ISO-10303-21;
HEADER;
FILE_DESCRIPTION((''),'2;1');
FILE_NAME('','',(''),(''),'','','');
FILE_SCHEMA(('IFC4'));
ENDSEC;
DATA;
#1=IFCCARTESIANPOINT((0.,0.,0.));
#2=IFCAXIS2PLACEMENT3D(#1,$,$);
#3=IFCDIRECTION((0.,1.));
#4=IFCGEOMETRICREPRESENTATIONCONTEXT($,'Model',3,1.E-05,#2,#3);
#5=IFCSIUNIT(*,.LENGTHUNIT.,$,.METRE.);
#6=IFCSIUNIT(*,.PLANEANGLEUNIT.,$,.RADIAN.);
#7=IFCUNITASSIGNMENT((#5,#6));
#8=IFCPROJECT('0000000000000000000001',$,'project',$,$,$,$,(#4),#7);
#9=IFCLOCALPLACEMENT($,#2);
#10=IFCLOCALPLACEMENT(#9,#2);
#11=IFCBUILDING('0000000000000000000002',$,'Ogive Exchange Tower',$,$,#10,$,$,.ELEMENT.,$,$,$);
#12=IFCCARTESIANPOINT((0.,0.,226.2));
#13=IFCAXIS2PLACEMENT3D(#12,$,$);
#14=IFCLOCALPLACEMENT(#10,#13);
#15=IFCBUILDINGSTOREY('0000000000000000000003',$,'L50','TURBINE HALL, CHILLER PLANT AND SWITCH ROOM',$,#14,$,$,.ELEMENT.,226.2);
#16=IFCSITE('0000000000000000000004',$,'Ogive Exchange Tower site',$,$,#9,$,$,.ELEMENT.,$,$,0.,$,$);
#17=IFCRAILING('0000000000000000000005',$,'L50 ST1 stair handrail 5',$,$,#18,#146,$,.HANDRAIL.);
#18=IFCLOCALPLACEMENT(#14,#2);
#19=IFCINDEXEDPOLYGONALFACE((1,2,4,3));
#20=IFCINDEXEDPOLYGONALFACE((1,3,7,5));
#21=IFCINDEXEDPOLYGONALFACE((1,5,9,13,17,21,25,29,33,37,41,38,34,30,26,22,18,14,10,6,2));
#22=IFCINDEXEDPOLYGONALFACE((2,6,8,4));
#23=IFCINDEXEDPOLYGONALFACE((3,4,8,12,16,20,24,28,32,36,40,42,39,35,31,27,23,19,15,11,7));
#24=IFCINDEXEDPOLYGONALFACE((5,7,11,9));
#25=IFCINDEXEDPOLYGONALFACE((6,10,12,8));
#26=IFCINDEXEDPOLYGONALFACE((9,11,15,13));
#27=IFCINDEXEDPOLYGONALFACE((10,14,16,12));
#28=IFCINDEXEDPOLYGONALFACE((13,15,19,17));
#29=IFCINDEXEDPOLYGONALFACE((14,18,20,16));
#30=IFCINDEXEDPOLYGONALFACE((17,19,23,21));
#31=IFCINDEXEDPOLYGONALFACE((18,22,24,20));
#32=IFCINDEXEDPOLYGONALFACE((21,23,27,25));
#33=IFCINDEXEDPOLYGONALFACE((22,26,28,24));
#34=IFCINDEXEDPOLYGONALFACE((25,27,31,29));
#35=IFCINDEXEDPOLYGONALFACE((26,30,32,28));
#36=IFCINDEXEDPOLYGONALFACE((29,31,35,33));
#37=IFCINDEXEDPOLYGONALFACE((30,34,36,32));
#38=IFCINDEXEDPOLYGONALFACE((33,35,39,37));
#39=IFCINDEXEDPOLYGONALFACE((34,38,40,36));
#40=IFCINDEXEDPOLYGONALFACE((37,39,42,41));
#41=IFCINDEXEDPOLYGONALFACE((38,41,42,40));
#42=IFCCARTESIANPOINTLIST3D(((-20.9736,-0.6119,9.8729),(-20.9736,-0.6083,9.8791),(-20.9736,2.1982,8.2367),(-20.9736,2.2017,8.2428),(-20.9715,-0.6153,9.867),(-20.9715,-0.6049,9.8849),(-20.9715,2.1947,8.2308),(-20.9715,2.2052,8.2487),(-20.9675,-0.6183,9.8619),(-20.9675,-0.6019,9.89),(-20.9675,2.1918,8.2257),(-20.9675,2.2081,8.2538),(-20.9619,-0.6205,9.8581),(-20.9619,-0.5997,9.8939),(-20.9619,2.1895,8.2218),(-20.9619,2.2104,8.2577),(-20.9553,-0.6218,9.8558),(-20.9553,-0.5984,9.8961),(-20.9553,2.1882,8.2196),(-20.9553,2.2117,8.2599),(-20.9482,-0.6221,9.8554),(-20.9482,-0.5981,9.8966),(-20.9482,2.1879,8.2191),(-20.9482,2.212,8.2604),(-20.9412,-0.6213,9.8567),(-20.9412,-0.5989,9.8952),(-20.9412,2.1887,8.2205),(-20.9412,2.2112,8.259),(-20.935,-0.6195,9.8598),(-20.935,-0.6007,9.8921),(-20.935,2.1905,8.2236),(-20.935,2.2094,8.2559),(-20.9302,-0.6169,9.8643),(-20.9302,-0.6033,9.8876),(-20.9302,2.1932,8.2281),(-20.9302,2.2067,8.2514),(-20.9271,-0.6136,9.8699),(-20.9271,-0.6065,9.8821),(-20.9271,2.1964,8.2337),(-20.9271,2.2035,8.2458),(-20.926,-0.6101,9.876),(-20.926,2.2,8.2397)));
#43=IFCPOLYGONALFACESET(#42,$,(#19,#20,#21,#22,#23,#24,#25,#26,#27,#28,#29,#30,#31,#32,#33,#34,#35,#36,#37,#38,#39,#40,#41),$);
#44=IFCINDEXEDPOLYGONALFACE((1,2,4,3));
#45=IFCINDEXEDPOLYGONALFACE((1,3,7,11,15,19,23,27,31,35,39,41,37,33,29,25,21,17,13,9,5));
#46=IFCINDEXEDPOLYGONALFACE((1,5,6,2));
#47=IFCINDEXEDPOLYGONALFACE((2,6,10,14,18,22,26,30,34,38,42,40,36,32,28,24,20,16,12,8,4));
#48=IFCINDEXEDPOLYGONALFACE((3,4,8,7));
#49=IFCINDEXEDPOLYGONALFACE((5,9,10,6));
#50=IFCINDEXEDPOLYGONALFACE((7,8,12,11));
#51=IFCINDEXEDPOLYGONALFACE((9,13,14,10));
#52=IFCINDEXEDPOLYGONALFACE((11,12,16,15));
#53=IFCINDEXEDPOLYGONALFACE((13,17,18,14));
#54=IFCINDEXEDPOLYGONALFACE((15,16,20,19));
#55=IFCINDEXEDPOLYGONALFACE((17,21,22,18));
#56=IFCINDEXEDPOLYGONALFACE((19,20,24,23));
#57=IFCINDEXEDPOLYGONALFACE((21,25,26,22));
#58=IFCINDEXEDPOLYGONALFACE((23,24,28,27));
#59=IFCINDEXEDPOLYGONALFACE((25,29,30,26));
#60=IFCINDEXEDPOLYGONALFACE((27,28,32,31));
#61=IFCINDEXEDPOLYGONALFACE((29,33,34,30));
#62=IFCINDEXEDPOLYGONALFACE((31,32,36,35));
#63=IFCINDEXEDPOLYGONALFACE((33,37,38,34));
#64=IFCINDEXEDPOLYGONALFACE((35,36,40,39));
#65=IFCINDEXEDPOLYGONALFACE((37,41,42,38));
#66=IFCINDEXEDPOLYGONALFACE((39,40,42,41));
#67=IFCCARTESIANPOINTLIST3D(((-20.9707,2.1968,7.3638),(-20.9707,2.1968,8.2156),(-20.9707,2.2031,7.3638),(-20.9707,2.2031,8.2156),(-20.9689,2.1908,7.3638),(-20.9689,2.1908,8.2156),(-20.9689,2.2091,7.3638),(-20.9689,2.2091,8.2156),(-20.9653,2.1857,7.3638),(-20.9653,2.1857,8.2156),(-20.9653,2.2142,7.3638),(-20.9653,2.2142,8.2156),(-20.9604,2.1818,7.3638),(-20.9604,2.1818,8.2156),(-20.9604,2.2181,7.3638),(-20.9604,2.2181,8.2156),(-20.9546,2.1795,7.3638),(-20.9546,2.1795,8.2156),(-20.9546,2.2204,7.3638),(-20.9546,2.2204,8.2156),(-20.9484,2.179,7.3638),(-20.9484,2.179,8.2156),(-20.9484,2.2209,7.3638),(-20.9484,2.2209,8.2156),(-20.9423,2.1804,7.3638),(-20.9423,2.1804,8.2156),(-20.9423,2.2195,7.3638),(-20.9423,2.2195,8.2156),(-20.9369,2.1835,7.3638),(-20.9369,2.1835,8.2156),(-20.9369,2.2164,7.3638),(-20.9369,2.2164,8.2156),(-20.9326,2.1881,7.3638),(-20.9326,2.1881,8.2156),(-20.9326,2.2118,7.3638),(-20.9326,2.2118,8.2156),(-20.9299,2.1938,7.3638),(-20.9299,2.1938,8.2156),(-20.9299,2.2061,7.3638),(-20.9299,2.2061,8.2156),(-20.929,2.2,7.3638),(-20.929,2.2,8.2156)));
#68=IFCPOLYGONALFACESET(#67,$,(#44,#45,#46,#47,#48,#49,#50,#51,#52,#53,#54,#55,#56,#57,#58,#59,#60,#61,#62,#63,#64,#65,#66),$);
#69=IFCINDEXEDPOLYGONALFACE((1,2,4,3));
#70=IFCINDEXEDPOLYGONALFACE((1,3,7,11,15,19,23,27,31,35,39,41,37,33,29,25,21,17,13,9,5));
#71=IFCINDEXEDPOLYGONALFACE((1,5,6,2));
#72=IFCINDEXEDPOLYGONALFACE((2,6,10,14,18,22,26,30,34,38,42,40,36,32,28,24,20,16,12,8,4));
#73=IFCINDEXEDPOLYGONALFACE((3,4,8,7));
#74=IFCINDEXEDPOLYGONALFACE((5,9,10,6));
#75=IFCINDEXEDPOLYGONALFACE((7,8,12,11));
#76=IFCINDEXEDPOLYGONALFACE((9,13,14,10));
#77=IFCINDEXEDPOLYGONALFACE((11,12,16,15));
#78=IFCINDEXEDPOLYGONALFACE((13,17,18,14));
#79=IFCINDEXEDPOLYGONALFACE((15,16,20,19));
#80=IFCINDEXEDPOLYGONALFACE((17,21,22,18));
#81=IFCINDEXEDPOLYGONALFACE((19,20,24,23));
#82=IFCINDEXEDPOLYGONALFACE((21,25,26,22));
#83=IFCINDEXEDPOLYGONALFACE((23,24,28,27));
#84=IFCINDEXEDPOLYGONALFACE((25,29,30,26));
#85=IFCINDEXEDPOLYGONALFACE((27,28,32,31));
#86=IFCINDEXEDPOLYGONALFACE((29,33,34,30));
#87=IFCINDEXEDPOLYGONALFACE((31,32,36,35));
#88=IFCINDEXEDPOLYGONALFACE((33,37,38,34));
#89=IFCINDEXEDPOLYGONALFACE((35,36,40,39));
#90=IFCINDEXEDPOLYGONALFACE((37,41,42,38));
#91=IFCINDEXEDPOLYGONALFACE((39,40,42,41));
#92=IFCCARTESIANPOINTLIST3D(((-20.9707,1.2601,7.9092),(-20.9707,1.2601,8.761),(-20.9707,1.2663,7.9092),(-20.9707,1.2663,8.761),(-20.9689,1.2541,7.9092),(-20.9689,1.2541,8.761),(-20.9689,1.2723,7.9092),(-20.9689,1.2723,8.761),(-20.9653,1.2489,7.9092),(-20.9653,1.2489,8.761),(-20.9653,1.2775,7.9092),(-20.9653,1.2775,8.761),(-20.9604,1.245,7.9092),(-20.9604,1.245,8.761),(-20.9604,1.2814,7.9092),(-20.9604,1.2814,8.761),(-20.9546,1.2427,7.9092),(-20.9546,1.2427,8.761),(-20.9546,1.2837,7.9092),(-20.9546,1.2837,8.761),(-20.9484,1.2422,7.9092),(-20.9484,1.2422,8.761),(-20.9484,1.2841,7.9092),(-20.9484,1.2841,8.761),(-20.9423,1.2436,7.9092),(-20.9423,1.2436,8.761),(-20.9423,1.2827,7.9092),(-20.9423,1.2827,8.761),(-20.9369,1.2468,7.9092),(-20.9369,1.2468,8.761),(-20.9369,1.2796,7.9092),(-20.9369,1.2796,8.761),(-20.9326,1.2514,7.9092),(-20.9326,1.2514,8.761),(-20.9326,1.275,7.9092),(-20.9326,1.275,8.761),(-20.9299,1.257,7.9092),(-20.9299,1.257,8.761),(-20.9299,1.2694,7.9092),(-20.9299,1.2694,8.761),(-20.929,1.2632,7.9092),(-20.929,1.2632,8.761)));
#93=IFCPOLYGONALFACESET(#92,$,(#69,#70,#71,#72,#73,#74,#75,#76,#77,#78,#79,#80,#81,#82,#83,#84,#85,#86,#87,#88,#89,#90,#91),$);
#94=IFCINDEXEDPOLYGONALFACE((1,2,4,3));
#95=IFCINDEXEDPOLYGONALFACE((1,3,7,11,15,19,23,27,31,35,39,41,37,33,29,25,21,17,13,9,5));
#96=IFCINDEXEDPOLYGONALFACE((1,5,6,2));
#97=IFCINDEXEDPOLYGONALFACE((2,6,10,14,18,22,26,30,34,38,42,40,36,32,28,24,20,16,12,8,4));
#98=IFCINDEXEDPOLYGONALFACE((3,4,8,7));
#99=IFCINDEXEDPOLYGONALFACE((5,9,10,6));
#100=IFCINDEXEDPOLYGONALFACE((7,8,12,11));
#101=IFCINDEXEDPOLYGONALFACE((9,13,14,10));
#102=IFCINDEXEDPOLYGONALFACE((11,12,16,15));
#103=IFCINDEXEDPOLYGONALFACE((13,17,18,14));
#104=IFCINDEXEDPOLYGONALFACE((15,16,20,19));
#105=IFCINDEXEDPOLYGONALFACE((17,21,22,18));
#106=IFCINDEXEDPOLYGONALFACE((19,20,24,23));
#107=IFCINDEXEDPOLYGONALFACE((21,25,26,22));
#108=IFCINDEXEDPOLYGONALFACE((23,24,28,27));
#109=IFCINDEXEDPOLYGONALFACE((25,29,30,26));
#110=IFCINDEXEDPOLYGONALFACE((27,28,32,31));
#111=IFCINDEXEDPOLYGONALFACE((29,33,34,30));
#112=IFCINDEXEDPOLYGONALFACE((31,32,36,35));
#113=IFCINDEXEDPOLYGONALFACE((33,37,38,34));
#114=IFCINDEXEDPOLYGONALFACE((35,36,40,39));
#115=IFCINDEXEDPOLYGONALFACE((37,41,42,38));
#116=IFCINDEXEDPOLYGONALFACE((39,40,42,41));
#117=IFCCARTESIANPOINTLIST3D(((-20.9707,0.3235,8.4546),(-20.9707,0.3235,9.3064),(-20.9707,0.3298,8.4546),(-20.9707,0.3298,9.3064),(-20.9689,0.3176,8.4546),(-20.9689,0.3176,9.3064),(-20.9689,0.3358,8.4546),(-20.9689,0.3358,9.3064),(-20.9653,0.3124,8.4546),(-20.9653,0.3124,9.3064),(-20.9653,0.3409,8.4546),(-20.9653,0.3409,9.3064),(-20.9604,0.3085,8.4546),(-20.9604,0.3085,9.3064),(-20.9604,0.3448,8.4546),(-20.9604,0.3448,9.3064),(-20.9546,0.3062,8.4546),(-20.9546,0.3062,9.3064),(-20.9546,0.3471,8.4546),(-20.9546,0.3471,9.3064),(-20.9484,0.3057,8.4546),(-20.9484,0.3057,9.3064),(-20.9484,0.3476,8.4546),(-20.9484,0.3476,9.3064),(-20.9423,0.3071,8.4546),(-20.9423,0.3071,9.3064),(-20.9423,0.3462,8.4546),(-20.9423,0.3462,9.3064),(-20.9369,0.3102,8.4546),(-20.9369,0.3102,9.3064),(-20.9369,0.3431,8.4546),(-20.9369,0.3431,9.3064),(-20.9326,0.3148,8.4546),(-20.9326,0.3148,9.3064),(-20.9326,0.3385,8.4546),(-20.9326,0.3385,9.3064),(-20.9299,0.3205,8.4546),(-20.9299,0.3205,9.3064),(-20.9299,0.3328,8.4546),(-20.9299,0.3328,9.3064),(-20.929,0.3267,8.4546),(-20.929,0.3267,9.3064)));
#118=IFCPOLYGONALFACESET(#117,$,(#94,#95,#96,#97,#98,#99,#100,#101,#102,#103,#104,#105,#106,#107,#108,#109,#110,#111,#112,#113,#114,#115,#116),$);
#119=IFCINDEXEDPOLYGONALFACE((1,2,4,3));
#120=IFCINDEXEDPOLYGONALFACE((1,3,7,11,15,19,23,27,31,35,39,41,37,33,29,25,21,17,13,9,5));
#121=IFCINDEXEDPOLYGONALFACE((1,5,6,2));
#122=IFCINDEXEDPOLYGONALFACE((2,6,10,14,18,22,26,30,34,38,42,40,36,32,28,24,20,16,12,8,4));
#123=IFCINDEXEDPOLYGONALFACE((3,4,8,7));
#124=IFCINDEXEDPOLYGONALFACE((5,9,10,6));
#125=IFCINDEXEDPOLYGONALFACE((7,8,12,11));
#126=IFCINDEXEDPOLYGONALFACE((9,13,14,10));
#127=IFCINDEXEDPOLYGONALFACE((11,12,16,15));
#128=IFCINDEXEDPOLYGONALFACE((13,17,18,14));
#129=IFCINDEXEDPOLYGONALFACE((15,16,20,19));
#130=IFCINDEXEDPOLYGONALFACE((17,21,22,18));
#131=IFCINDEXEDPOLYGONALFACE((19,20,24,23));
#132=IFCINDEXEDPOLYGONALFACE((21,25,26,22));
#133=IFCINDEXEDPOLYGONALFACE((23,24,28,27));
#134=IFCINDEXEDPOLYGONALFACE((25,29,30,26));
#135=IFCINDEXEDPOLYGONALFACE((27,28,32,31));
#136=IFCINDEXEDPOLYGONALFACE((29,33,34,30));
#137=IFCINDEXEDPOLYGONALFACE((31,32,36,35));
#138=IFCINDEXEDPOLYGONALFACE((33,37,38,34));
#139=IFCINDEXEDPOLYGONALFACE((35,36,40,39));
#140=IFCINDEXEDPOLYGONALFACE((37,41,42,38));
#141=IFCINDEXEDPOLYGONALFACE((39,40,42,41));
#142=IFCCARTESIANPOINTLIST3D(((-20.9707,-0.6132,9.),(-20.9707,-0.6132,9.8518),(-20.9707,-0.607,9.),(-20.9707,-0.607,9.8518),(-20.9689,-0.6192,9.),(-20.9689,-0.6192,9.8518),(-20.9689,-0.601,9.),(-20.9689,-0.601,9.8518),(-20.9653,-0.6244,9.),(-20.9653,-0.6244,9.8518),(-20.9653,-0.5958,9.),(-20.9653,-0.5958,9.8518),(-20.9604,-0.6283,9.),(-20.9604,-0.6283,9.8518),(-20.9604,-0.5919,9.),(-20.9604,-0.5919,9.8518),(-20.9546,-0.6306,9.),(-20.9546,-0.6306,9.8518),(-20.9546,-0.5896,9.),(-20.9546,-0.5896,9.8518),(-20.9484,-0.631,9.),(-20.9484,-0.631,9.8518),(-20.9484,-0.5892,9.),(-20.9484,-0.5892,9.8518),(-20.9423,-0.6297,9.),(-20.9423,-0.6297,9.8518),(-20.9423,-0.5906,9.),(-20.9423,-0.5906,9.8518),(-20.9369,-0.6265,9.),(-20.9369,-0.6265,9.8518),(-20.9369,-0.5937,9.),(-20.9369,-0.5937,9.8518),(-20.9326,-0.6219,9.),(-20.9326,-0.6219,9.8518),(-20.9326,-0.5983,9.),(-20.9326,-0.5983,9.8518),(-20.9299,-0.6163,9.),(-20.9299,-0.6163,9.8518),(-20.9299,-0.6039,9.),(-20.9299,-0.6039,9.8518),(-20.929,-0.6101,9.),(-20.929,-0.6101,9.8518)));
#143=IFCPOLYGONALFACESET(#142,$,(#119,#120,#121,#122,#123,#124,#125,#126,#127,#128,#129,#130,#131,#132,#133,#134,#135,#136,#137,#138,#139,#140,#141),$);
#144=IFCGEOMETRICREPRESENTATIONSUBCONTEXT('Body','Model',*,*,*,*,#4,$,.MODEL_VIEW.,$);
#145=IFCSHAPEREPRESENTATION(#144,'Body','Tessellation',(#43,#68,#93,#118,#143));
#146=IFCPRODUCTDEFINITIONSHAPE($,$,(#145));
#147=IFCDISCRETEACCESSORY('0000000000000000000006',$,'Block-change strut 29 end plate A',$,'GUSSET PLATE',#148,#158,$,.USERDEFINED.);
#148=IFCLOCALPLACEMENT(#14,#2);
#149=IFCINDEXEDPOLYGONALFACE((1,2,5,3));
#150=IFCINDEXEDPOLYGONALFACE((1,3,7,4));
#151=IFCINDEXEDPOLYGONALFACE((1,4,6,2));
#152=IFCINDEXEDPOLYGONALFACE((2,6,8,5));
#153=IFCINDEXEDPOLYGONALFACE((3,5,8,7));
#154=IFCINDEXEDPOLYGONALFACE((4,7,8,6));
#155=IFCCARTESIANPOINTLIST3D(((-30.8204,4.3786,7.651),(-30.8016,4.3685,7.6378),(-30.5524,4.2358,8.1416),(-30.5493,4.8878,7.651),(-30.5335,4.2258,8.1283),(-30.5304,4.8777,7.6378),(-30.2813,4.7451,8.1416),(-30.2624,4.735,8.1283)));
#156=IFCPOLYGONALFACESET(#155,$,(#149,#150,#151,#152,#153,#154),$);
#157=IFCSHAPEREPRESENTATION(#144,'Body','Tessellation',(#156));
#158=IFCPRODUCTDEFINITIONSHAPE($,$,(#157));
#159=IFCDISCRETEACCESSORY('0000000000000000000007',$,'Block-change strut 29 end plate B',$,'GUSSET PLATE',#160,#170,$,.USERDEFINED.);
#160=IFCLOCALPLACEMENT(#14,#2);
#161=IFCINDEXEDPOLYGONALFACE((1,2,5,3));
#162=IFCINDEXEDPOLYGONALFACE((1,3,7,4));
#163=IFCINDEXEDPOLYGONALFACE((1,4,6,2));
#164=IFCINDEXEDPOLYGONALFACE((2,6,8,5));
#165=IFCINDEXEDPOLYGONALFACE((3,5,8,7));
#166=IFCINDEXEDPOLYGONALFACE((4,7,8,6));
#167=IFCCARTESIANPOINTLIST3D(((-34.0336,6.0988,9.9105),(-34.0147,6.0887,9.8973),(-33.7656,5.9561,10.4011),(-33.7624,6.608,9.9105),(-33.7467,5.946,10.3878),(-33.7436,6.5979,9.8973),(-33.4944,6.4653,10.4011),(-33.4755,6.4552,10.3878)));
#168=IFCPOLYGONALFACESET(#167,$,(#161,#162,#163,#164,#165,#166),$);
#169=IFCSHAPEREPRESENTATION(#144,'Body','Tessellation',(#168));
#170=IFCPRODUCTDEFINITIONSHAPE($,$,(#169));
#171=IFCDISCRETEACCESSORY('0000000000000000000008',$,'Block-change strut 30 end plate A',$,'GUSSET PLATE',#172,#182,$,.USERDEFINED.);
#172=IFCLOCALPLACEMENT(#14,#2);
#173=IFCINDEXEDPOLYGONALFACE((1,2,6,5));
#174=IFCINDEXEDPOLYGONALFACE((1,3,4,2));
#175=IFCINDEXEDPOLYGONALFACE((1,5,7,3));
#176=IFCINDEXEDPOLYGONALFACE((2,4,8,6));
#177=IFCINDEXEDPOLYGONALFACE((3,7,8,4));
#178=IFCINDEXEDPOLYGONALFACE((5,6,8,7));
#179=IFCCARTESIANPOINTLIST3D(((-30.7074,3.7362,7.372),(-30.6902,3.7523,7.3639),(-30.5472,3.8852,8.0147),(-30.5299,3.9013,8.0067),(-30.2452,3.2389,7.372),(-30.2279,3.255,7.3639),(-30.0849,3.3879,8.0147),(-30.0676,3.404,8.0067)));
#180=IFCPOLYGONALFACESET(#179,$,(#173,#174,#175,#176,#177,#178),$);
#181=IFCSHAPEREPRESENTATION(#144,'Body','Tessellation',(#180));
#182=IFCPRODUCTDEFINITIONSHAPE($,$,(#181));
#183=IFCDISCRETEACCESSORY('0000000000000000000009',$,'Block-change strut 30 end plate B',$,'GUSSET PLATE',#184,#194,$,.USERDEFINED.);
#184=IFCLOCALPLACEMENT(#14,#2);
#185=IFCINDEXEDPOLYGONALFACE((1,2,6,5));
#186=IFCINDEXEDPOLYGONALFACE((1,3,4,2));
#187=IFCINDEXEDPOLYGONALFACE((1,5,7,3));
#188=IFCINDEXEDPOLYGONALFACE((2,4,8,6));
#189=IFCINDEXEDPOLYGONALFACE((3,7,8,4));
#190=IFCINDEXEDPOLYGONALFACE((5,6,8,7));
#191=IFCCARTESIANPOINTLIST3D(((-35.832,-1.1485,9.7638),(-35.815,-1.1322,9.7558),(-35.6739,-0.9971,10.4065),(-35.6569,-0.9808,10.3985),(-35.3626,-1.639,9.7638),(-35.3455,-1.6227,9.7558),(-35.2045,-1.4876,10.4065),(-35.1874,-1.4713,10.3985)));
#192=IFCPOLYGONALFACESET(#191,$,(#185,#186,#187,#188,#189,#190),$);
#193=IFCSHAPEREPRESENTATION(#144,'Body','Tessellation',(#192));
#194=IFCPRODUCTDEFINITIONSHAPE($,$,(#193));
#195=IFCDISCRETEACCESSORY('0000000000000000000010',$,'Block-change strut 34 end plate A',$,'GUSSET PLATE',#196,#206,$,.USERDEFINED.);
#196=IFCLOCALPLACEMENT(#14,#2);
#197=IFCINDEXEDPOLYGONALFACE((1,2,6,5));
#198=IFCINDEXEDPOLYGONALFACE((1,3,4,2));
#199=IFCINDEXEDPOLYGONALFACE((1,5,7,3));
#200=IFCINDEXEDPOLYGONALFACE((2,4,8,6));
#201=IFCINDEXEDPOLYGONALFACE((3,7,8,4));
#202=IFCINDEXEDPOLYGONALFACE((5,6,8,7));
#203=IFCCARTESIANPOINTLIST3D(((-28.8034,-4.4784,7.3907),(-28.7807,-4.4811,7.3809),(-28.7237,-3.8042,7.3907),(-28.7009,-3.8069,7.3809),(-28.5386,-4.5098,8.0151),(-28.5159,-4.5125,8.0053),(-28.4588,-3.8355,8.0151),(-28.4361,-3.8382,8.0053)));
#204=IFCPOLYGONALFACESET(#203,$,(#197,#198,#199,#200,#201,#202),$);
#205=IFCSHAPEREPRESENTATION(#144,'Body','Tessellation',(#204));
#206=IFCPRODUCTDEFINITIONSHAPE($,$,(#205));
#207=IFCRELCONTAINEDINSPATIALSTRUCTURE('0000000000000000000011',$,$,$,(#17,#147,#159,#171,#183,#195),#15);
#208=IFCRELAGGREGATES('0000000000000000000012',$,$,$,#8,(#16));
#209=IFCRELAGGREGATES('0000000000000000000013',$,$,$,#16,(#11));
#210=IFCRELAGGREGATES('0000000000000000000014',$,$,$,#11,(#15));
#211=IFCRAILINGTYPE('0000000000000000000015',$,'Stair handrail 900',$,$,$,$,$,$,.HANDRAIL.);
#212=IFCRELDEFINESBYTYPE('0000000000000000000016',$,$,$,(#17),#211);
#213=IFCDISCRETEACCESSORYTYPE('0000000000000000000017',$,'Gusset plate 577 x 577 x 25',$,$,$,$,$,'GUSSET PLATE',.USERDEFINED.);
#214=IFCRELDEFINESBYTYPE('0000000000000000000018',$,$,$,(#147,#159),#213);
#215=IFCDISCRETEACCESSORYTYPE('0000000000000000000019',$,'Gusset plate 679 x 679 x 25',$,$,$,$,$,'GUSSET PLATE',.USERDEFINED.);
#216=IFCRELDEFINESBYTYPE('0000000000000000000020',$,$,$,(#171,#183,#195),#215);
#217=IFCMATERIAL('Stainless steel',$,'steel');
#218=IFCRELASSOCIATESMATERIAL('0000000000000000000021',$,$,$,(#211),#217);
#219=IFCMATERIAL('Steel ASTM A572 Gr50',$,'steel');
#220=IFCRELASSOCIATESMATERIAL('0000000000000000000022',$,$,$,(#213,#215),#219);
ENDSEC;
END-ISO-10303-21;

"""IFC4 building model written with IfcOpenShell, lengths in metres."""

from ifc_helpers import new_model, si_unit, direction, frame, origin, origin_2d, place, context, subcontext, project, spatial, rectangle, circle, extrude, material, material_profile, profile_set, type_object, element, save


model = new_model("IFC4")

# Units and contexts
model_context = context("Model", 3, precision=1e-05, world=origin(), true_north=direction((0.0, 1.0)))
body_context = subcontext(model_context, "Body", "Model", "MODEL_VIEW")
ifc_project = project(units=[si_unit("LENGTHUNIT", "METRE"), si_unit("PLANEANGLEUNIT", "RADIAN")], contexts=[model_context])

# Site, building, storey
site_placement = place(None, origin())
site = spatial("IfcSite", under=ifc_project, at=site_placement, Name="Ogive Exchange Tower site", CompositionType="ELEMENT", RefElevation=0.0)
building_placement = place(site_placement, origin())
building = spatial("IfcBuilding", under=site, at=building_placement, Name="Ogive Exchange Tower", CompositionType="ELEMENT")
storey_placement = place(building_placement, frame((0.0, 0.0, 226.2)))
storey = spatial("IfcBuildingStorey", under=building, at=storey_placement, Name="L50", Description="TURBINE HALL, CHILLER PLANT AND SWITCH ROOM", CompositionType="ELEMENT", Elevation=226.2)

# Railing
ifc_material_1 = material(Name="Stainless steel", Category="steel")
railing_type_1 = type_object("IfcRailingType", Name="Stair handrail 900", PredefinedType="HANDRAIL", material=ifc_material_1)
railing_1_placement = place(storey_placement, frame((-20.95, 2.2, 7.3638)))
element("IfcRailing", 1, at=railing_1_placement, inside=storey, type_object=railing_type_1, Name="L50 ST1 stair handrail 5", PredefinedType="HANDRAIL", context=body_context, shape_type="SweptSolid", body=[
    extrude(circle(Radius=0.0239, at=origin_2d()), frame((0.0, 0.0, 0.876), z_axis=(0.0, -0.864176, 0.503189), x_axis=(1.0, 0.0, 0.0)), (0.0, 0.0, 1.0), 3.2517),
    extrude(circle(Radius=0.021, at=origin_2d()), origin(), (0.0, 0.0, 1.0), 0.8518),
    extrude(circle(Radius=0.021, at=origin_2d()), frame((0.0, -0.9368, 0.5454)), (0.0, 0.0, 1.0), 0.8518),
    extrude(circle(Radius=0.021, at=origin_2d()), frame((0.0, -1.8733, 1.0908)), (0.0, 0.0, 1.0), 0.8518),
    extrude(circle(Radius=0.021, at=origin_2d()), frame((0.0, -2.8101, 1.6362)), (0.0, 0.0, 1.0), 0.8518),
])

# Discrete accessories
ifc_material_2 = material(Name="Steel ASTM A572 Gr50", Category="steel")
ifc_material_profile_1 = material_profile(ifc_material_2, rectangle(XDim=0.5769, YDim=0.5769, at=origin_2d()), Name="PL 577 x 577 x 25")
ifc_profile_set_1 = profile_set([ifc_material_profile_1], Name="Steel ASTM A572 Gr50")
discrete_accessory_type_1 = type_object("IfcDiscreteAccessoryType", Name="Gusset plate 577 x 577 x 25", ElementType="GUSSET PLATE", PredefinedType="USERDEFINED", material=ifc_profile_set_1)
for number, where, z_axis, x_axis, name in (
    (2, (-30.532, 4.5518, 7.8831), (-0.750514, 0.399625, 0.526335), (-0.469993, -0.88267, 0.0), "Block-change strut 29 end plate A"),
    (3, (-33.7451, 6.272, 10.1426), (-0.750514, 0.399625, 0.526335), (-0.469993, -0.88267, 0.0), "Block-change strut 29 end plate B"),
):
    element("IfcDiscreteAccessory", number, at=place(storey_placement, frame(where, z_axis=z_axis, x_axis=x_axis)), inside=storey, type_object=discrete_accessory_type_1, Name=name, ObjectType="GUSSET PLATE", PredefinedType="USERDEFINED", context=body_context, shape_type="SweptSolid", body=[
        extrude(rectangle(XDim=0.5769, YDim=0.5769, at=origin_2d()), origin(), (0.0, 0.0, 1.0), 0.0251),
    ])
ifc_material_profile_2 = material_profile(ifc_material_2, rectangle(XDim=0.679, YDim=0.679, at=origin_2d()), Name="PL 679 x 679 x 25")
ifc_profile_set_2 = profile_set([ifc_material_profile_2], Name="Steel ASTM A572 Gr50")
discrete_accessory_type_2 = type_object("IfcDiscreteAccessoryType", Name="Gusset plate 679 x 679 x 25", ElementType="GUSSET PLATE", PredefinedType="USERDEFINED", material=ifc_profile_set_2)
for number, where, z_axis, x_axis, name in (
    (4, (-30.3789, 3.5781, 7.6853), (-0.693351, -0.644524, 0.322262), (0.680847, -0.732426, 0.0), "Block-change strut 30 end plate A"),
    (5, (-35.5012, -1.3018, 10.0771), (-0.683847, -0.654539, 0.322385), (0.691457, -0.722418, 0.0), "Block-change strut 30 end plate B"),
    (6, (-28.6084, -4.1597, 7.6931), (-0.913258, 0.10802, 0.392799), (-0.117461, -0.993078, 0.0), "Block-change strut 34 end plate A"),
):
    element("IfcDiscreteAccessory", number, at=place(storey_placement, frame(where, z_axis=z_axis, x_axis=x_axis)), inside=storey, type_object=discrete_accessory_type_2, Name=name, ObjectType="GUSSET PLATE", PredefinedType="USERDEFINED", context=body_context, shape_type="SweptSolid", body=[
        extrude(rectangle(XDim=0.679, YDim=0.679, at=origin_2d()), origin(), (0.0, 0.0, 1.0), 0.0249),
    ])

save(model, "model.ifc")
